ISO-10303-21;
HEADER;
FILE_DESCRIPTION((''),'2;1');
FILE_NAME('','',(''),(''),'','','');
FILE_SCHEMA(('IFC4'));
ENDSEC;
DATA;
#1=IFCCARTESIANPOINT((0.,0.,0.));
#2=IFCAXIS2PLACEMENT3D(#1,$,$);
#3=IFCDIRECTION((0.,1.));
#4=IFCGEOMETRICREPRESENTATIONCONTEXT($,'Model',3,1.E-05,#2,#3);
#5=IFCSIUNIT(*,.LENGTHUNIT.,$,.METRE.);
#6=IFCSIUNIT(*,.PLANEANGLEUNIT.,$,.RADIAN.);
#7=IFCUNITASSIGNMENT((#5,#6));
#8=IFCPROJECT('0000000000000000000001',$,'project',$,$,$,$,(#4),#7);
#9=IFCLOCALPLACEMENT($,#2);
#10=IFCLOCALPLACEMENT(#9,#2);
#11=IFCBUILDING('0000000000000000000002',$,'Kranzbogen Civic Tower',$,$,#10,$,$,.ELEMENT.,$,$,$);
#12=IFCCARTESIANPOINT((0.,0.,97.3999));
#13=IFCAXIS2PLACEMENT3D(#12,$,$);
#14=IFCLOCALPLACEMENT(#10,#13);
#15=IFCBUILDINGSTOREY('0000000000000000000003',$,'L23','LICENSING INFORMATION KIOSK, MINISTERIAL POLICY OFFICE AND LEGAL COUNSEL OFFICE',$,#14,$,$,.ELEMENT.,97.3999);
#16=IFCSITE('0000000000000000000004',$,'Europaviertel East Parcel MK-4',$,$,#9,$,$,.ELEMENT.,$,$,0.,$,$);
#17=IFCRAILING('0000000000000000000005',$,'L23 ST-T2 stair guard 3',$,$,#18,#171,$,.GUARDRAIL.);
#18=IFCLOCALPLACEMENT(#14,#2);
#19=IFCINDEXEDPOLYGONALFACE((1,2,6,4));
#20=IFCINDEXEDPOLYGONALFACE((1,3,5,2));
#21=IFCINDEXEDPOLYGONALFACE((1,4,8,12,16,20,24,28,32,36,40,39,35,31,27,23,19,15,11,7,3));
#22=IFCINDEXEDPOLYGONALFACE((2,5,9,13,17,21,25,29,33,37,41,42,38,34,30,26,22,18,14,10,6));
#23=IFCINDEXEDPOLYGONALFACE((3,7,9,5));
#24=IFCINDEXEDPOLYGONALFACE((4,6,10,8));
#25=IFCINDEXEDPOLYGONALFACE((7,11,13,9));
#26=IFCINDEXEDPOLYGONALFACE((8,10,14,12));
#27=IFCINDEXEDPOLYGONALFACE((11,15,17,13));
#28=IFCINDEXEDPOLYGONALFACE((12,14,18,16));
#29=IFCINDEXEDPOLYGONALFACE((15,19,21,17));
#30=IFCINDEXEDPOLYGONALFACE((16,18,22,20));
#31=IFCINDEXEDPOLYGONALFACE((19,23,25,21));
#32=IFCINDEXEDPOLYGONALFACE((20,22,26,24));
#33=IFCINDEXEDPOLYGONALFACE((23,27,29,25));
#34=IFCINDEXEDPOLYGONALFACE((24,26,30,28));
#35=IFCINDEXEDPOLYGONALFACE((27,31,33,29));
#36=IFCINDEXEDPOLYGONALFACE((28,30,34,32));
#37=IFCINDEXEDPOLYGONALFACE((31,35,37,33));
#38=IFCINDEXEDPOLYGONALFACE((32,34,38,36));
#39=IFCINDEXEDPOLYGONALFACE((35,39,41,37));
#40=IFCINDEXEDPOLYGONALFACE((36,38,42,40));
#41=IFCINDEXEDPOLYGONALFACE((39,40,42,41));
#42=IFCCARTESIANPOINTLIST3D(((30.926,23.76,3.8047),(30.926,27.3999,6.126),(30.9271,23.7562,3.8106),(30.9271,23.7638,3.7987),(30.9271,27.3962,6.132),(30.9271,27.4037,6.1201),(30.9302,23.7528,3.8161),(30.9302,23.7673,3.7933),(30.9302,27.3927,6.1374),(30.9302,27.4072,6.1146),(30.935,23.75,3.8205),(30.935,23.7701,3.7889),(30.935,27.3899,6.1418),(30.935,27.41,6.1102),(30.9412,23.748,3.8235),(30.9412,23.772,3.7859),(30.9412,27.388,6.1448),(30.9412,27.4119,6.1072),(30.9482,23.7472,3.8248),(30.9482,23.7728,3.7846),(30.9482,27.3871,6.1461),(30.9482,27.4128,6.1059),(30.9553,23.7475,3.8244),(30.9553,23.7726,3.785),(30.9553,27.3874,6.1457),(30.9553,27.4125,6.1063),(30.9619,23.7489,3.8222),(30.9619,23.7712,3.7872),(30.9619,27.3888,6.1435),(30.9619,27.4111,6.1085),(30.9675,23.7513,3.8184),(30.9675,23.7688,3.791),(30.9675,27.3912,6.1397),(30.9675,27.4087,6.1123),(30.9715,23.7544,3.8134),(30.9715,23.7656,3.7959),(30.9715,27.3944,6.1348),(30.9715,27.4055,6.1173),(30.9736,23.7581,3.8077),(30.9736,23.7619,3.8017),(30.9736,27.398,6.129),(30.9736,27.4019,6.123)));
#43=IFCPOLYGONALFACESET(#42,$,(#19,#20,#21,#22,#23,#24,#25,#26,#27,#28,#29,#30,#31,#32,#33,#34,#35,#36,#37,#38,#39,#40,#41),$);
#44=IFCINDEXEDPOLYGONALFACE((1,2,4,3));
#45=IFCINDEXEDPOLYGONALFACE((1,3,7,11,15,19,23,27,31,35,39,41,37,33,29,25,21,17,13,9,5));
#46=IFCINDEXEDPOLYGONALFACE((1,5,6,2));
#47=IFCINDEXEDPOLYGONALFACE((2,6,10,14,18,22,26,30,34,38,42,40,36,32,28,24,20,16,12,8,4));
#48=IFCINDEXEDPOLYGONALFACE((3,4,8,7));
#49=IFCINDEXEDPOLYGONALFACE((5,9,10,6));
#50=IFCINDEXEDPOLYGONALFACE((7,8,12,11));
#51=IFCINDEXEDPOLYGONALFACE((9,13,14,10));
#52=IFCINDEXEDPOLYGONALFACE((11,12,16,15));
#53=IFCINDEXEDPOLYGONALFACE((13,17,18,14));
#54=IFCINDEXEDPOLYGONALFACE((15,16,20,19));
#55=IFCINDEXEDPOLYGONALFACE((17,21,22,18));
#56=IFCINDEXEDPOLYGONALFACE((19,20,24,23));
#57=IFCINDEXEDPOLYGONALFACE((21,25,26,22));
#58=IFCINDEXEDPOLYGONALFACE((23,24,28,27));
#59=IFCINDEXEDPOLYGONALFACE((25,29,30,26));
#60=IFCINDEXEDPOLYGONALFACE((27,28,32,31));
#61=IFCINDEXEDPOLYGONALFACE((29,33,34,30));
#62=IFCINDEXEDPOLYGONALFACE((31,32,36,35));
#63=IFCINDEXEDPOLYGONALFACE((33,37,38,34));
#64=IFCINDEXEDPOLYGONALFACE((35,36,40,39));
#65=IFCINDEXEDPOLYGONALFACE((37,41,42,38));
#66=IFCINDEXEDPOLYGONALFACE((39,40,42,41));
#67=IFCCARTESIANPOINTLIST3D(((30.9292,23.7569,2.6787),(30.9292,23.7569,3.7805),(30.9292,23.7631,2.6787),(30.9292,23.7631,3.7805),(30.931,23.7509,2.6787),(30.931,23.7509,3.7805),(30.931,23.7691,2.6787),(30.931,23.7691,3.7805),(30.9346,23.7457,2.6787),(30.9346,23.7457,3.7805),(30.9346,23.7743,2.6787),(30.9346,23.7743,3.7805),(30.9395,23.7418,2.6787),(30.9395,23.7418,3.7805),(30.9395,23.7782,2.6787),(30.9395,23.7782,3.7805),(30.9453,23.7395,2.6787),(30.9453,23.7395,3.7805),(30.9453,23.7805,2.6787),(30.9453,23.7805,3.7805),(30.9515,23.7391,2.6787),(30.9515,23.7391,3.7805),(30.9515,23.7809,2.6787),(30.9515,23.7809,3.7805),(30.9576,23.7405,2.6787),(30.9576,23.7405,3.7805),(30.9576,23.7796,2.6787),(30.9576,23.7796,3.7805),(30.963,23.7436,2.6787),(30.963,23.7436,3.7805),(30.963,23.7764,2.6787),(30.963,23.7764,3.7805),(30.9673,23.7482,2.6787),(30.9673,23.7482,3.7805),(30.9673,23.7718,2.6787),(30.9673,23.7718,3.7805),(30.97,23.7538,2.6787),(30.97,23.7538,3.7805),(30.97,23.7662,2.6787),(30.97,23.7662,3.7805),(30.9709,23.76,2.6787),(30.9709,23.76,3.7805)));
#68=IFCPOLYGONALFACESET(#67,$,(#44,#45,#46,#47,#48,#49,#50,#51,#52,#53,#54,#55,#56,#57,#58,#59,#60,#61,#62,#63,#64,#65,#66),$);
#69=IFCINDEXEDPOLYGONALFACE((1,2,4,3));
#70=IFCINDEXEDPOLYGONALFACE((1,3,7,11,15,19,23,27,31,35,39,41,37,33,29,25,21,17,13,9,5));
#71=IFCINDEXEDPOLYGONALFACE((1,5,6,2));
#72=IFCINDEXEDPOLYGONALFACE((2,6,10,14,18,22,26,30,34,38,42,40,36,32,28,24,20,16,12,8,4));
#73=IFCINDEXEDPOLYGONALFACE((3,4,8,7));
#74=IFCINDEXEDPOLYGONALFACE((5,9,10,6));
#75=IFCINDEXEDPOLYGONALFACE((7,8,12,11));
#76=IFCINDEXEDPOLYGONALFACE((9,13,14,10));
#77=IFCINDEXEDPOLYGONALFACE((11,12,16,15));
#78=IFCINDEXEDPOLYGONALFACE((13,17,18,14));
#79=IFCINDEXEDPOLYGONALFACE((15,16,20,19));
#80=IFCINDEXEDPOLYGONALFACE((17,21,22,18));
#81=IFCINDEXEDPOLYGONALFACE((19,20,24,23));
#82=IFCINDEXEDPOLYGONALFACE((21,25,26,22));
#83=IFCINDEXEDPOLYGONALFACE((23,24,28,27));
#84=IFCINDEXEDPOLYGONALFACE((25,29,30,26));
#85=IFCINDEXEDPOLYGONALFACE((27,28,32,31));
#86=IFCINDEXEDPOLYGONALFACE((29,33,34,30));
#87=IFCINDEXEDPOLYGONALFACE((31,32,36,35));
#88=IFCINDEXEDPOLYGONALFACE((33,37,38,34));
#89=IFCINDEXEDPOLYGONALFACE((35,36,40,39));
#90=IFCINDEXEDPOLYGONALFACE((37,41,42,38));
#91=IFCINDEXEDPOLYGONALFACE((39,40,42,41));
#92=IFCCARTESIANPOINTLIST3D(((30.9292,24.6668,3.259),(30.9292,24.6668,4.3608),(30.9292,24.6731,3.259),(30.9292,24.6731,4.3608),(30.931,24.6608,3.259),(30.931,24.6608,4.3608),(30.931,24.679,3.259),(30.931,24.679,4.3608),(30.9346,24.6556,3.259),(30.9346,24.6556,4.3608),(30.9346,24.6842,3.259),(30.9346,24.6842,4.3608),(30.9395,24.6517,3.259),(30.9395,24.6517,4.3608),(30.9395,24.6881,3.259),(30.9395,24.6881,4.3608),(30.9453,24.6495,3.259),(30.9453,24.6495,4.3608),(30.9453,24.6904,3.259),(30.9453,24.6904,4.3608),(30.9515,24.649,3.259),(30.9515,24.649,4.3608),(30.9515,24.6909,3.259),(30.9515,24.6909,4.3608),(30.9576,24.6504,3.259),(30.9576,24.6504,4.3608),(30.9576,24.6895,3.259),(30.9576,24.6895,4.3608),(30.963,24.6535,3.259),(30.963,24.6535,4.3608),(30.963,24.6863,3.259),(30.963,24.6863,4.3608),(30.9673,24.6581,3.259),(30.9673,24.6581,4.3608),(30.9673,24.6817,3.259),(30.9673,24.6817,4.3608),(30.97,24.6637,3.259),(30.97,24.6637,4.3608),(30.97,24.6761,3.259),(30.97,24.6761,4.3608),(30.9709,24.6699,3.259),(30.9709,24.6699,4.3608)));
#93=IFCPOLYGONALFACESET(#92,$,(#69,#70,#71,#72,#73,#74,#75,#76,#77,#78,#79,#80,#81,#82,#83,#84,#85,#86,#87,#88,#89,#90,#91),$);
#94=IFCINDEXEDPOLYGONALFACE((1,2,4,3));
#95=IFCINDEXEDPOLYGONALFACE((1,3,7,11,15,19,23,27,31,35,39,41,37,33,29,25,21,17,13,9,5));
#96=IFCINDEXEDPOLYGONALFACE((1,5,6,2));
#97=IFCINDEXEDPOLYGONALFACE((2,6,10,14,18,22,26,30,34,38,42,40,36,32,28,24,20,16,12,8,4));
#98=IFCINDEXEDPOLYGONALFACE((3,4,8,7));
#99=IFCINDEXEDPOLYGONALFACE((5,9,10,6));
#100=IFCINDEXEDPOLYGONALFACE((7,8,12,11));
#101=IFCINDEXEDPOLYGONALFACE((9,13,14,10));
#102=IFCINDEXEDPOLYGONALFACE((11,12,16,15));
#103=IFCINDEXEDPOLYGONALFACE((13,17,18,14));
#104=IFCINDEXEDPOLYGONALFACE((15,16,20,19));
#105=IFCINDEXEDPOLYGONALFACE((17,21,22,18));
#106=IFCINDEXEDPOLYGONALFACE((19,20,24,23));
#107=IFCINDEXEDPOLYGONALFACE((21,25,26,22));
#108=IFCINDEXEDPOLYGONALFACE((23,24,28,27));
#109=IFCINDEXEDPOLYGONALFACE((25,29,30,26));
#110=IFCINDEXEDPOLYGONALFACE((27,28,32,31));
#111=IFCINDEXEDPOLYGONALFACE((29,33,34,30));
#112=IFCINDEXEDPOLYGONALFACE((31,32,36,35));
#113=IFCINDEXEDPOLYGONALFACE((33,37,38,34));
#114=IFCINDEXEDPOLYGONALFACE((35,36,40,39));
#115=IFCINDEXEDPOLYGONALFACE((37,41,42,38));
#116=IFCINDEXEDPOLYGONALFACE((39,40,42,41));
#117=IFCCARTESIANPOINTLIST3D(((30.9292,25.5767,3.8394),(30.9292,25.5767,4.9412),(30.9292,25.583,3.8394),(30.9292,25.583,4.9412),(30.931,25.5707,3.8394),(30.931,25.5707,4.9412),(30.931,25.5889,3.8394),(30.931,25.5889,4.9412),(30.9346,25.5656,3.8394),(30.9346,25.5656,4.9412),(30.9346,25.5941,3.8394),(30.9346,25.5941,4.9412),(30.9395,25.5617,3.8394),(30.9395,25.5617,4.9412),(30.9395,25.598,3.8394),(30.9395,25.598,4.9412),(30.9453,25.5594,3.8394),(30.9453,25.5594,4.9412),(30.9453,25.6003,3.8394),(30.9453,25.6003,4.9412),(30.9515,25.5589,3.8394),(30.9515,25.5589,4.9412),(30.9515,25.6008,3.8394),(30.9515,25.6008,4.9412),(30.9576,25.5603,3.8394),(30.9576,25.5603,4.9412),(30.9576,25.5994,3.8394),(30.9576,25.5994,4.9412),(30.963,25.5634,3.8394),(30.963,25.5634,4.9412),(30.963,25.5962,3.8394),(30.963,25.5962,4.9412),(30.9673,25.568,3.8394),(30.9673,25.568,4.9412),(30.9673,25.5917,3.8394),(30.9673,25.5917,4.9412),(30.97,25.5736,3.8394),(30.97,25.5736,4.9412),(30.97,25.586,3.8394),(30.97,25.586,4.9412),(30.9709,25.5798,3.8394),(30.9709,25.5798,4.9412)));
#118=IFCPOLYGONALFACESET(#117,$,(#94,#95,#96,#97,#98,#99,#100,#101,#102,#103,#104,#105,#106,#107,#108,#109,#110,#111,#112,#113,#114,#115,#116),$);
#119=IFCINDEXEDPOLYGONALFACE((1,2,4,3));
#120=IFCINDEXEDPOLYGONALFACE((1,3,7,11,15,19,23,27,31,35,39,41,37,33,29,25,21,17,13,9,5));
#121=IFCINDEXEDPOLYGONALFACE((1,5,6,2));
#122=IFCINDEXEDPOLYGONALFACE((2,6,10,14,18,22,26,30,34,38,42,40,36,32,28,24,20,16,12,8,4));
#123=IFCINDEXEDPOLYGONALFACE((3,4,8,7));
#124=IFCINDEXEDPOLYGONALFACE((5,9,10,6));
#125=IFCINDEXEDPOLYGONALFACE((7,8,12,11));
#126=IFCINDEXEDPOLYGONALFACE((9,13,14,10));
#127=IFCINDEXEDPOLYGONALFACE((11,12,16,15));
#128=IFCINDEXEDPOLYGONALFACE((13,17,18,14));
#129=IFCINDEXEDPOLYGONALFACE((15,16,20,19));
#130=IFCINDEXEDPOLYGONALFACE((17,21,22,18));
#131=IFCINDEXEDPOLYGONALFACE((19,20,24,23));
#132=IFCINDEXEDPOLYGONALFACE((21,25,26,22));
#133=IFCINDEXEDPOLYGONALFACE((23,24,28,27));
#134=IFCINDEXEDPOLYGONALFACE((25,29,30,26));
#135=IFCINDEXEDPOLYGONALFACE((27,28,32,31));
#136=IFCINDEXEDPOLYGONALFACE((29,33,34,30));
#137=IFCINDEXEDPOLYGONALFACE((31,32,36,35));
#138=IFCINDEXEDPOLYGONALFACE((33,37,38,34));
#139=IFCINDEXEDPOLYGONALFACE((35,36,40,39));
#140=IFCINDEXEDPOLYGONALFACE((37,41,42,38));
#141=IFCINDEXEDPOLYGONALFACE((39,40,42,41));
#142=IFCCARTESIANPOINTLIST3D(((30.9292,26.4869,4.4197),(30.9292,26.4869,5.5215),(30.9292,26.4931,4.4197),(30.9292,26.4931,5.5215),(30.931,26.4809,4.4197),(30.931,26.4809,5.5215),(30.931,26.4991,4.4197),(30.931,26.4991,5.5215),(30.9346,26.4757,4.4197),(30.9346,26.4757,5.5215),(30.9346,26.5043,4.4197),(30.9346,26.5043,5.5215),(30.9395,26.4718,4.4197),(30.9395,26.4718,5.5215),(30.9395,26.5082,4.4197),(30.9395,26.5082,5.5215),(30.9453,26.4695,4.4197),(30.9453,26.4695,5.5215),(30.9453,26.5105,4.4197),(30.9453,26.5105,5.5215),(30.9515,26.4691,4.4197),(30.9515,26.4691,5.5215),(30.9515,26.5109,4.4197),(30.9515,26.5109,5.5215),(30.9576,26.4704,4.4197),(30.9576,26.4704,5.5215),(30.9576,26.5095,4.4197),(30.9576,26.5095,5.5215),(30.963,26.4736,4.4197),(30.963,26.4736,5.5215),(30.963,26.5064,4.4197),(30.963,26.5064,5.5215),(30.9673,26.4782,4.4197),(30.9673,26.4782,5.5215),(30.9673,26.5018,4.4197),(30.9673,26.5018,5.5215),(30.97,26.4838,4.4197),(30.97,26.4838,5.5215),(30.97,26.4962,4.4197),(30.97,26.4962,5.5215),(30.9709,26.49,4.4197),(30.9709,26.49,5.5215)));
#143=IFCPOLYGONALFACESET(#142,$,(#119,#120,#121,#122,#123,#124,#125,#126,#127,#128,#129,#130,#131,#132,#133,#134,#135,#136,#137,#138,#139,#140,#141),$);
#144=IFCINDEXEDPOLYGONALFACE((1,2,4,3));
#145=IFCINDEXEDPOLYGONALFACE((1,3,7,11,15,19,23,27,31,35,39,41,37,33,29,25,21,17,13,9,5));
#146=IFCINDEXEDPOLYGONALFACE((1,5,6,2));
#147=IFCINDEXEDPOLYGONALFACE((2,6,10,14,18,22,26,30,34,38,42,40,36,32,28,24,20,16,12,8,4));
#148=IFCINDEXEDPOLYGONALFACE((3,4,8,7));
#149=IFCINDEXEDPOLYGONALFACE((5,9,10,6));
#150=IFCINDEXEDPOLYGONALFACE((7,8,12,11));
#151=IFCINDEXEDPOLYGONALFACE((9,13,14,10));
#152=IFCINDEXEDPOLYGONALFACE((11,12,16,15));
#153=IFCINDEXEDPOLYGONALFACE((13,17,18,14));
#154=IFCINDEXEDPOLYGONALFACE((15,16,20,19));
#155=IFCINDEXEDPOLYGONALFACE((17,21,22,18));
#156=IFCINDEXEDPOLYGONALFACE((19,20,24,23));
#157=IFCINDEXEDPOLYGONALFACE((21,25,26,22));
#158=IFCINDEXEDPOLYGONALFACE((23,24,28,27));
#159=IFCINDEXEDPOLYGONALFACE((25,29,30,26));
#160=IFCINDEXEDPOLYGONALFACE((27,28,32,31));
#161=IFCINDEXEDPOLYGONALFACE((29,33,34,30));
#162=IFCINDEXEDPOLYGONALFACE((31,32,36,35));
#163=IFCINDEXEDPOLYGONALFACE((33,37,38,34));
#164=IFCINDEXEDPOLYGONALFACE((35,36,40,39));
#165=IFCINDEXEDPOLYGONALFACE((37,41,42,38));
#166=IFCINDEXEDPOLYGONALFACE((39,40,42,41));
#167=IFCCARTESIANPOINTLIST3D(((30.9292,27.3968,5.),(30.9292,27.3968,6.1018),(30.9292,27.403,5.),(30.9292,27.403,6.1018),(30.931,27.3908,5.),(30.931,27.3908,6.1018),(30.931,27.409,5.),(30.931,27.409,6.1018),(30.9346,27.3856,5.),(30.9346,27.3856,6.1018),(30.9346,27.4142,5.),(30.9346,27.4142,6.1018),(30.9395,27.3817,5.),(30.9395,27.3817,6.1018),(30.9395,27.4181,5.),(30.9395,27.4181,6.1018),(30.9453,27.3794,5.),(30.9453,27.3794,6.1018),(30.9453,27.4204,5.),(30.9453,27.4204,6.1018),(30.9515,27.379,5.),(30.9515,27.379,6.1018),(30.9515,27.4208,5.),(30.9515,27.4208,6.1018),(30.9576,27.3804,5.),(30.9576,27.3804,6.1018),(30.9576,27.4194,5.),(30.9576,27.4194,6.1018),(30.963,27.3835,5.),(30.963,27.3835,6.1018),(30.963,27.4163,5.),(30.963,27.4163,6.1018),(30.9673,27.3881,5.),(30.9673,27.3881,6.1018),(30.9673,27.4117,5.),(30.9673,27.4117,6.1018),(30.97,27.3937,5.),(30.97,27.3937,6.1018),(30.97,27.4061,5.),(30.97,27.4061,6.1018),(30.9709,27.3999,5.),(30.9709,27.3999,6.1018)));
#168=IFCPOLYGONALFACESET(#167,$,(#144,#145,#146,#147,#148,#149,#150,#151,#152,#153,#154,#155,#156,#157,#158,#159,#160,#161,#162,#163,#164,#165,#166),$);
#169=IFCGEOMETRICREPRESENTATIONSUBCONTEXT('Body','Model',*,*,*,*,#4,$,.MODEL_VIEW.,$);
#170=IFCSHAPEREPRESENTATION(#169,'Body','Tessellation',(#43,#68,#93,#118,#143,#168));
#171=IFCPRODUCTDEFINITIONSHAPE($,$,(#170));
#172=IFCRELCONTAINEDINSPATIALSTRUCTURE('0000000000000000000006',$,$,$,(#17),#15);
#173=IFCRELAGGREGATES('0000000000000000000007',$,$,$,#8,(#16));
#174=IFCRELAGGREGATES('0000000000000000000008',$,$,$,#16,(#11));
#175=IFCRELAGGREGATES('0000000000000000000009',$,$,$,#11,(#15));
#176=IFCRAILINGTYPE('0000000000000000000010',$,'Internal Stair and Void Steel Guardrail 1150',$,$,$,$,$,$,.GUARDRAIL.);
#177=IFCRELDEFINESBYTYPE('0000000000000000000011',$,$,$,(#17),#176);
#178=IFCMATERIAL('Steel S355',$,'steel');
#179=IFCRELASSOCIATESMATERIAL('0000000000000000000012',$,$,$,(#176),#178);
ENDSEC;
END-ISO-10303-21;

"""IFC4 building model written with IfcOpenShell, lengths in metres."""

from ifc_helpers import new_model, si_unit, direction, frame, origin, origin_2d, place, context, subcontext, project, spatial, circle, extrude, material, type_object, element, save


model = new_model("IFC4")

# Units and contexts
model_context = context("Model", 3, precision=1e-05, world=origin(), true_north=direction((0.0, 1.0)))
body_context = subcontext(model_context, "Body", "Model", "MODEL_VIEW")
ifc_project = project(units=[si_unit("LENGTHUNIT", "METRE"), si_unit("PLANEANGLEUNIT", "RADIAN")], contexts=[model_context])

# Site, building, storey
site_placement = place(None, origin())
site = spatial("IfcSite", under=ifc_project, at=site_placement, Name="Europaviertel East Parcel MK-4", CompositionType="ELEMENT", RefElevation=0.0)
building_placement = place(site_placement, origin())
building = spatial("IfcBuilding", under=site, at=building_placement, Name="Kranzbogen Civic Tower", CompositionType="ELEMENT")
storey_placement = place(building_placement, frame((0.0, 0.0, 97.3999)))
storey = spatial("IfcBuildingStorey", under=building, at=storey_placement, Name="L23", Description="LICENSING INFORMATION KIOSK, MINISTERIAL POLICY OFFICE AND LEGAL COUNSEL OFFICE", CompositionType="ELEMENT", Elevation=97.3999)

# Shared definitions
ifc_material_1 = material(Name="Steel S355", Category="steel")

# Railing
railing_type_1 = type_object("IfcRailingType", Name="Internal Stair and Void Steel Guardrail 1150", PredefinedType="GUARDRAIL", material=ifc_material_1)
railing_1_placement = place(storey_placement, frame((30.95, 23.76, 2.6787)))
element("IfcRailing", 1, at=railing_1_placement, inside=storey, type_object=railing_type_1, Name="L23 ST-T2 stair guard 3", PredefinedType="GUARDRAIL", context=body_context, shape_type="SweptSolid", body=[
    extrude(circle(Radius=0.0239, at=origin_2d()), frame((0.0, 0.0, 1.126), z_axis=(0.0, 0.843137, 0.537699), x_axis=(-1.0, 0.0, 0.0)), (0.0, 0.0, 1.0), 4.3171),
    extrude(circle(Radius=0.021, at=origin_2d()), origin(), (0.0, 0.0, 1.0), 1.1018),
    extrude(circle(Radius=0.021, at=origin_2d()), frame((0.0, 0.9099, 0.5803)), (0.0, 0.0, 1.0), 1.1018),
    extrude(circle(Radius=0.021, at=origin_2d()), frame((0.0, 1.8198, 1.1606)), (0.0, 0.0, 1.0), 1.1018),
    extrude(circle(Radius=0.021, at=origin_2d()), frame((0.0, 2.73, 1.741)), (0.0, 0.0, 1.0), 1.1018),
    extrude(circle(Radius=0.021, at=origin_2d()), frame((0.0, 3.6399, 2.3213)), (0.0, 0.0, 1.0), 1.1018),
])

save(model, "model.ifc")
